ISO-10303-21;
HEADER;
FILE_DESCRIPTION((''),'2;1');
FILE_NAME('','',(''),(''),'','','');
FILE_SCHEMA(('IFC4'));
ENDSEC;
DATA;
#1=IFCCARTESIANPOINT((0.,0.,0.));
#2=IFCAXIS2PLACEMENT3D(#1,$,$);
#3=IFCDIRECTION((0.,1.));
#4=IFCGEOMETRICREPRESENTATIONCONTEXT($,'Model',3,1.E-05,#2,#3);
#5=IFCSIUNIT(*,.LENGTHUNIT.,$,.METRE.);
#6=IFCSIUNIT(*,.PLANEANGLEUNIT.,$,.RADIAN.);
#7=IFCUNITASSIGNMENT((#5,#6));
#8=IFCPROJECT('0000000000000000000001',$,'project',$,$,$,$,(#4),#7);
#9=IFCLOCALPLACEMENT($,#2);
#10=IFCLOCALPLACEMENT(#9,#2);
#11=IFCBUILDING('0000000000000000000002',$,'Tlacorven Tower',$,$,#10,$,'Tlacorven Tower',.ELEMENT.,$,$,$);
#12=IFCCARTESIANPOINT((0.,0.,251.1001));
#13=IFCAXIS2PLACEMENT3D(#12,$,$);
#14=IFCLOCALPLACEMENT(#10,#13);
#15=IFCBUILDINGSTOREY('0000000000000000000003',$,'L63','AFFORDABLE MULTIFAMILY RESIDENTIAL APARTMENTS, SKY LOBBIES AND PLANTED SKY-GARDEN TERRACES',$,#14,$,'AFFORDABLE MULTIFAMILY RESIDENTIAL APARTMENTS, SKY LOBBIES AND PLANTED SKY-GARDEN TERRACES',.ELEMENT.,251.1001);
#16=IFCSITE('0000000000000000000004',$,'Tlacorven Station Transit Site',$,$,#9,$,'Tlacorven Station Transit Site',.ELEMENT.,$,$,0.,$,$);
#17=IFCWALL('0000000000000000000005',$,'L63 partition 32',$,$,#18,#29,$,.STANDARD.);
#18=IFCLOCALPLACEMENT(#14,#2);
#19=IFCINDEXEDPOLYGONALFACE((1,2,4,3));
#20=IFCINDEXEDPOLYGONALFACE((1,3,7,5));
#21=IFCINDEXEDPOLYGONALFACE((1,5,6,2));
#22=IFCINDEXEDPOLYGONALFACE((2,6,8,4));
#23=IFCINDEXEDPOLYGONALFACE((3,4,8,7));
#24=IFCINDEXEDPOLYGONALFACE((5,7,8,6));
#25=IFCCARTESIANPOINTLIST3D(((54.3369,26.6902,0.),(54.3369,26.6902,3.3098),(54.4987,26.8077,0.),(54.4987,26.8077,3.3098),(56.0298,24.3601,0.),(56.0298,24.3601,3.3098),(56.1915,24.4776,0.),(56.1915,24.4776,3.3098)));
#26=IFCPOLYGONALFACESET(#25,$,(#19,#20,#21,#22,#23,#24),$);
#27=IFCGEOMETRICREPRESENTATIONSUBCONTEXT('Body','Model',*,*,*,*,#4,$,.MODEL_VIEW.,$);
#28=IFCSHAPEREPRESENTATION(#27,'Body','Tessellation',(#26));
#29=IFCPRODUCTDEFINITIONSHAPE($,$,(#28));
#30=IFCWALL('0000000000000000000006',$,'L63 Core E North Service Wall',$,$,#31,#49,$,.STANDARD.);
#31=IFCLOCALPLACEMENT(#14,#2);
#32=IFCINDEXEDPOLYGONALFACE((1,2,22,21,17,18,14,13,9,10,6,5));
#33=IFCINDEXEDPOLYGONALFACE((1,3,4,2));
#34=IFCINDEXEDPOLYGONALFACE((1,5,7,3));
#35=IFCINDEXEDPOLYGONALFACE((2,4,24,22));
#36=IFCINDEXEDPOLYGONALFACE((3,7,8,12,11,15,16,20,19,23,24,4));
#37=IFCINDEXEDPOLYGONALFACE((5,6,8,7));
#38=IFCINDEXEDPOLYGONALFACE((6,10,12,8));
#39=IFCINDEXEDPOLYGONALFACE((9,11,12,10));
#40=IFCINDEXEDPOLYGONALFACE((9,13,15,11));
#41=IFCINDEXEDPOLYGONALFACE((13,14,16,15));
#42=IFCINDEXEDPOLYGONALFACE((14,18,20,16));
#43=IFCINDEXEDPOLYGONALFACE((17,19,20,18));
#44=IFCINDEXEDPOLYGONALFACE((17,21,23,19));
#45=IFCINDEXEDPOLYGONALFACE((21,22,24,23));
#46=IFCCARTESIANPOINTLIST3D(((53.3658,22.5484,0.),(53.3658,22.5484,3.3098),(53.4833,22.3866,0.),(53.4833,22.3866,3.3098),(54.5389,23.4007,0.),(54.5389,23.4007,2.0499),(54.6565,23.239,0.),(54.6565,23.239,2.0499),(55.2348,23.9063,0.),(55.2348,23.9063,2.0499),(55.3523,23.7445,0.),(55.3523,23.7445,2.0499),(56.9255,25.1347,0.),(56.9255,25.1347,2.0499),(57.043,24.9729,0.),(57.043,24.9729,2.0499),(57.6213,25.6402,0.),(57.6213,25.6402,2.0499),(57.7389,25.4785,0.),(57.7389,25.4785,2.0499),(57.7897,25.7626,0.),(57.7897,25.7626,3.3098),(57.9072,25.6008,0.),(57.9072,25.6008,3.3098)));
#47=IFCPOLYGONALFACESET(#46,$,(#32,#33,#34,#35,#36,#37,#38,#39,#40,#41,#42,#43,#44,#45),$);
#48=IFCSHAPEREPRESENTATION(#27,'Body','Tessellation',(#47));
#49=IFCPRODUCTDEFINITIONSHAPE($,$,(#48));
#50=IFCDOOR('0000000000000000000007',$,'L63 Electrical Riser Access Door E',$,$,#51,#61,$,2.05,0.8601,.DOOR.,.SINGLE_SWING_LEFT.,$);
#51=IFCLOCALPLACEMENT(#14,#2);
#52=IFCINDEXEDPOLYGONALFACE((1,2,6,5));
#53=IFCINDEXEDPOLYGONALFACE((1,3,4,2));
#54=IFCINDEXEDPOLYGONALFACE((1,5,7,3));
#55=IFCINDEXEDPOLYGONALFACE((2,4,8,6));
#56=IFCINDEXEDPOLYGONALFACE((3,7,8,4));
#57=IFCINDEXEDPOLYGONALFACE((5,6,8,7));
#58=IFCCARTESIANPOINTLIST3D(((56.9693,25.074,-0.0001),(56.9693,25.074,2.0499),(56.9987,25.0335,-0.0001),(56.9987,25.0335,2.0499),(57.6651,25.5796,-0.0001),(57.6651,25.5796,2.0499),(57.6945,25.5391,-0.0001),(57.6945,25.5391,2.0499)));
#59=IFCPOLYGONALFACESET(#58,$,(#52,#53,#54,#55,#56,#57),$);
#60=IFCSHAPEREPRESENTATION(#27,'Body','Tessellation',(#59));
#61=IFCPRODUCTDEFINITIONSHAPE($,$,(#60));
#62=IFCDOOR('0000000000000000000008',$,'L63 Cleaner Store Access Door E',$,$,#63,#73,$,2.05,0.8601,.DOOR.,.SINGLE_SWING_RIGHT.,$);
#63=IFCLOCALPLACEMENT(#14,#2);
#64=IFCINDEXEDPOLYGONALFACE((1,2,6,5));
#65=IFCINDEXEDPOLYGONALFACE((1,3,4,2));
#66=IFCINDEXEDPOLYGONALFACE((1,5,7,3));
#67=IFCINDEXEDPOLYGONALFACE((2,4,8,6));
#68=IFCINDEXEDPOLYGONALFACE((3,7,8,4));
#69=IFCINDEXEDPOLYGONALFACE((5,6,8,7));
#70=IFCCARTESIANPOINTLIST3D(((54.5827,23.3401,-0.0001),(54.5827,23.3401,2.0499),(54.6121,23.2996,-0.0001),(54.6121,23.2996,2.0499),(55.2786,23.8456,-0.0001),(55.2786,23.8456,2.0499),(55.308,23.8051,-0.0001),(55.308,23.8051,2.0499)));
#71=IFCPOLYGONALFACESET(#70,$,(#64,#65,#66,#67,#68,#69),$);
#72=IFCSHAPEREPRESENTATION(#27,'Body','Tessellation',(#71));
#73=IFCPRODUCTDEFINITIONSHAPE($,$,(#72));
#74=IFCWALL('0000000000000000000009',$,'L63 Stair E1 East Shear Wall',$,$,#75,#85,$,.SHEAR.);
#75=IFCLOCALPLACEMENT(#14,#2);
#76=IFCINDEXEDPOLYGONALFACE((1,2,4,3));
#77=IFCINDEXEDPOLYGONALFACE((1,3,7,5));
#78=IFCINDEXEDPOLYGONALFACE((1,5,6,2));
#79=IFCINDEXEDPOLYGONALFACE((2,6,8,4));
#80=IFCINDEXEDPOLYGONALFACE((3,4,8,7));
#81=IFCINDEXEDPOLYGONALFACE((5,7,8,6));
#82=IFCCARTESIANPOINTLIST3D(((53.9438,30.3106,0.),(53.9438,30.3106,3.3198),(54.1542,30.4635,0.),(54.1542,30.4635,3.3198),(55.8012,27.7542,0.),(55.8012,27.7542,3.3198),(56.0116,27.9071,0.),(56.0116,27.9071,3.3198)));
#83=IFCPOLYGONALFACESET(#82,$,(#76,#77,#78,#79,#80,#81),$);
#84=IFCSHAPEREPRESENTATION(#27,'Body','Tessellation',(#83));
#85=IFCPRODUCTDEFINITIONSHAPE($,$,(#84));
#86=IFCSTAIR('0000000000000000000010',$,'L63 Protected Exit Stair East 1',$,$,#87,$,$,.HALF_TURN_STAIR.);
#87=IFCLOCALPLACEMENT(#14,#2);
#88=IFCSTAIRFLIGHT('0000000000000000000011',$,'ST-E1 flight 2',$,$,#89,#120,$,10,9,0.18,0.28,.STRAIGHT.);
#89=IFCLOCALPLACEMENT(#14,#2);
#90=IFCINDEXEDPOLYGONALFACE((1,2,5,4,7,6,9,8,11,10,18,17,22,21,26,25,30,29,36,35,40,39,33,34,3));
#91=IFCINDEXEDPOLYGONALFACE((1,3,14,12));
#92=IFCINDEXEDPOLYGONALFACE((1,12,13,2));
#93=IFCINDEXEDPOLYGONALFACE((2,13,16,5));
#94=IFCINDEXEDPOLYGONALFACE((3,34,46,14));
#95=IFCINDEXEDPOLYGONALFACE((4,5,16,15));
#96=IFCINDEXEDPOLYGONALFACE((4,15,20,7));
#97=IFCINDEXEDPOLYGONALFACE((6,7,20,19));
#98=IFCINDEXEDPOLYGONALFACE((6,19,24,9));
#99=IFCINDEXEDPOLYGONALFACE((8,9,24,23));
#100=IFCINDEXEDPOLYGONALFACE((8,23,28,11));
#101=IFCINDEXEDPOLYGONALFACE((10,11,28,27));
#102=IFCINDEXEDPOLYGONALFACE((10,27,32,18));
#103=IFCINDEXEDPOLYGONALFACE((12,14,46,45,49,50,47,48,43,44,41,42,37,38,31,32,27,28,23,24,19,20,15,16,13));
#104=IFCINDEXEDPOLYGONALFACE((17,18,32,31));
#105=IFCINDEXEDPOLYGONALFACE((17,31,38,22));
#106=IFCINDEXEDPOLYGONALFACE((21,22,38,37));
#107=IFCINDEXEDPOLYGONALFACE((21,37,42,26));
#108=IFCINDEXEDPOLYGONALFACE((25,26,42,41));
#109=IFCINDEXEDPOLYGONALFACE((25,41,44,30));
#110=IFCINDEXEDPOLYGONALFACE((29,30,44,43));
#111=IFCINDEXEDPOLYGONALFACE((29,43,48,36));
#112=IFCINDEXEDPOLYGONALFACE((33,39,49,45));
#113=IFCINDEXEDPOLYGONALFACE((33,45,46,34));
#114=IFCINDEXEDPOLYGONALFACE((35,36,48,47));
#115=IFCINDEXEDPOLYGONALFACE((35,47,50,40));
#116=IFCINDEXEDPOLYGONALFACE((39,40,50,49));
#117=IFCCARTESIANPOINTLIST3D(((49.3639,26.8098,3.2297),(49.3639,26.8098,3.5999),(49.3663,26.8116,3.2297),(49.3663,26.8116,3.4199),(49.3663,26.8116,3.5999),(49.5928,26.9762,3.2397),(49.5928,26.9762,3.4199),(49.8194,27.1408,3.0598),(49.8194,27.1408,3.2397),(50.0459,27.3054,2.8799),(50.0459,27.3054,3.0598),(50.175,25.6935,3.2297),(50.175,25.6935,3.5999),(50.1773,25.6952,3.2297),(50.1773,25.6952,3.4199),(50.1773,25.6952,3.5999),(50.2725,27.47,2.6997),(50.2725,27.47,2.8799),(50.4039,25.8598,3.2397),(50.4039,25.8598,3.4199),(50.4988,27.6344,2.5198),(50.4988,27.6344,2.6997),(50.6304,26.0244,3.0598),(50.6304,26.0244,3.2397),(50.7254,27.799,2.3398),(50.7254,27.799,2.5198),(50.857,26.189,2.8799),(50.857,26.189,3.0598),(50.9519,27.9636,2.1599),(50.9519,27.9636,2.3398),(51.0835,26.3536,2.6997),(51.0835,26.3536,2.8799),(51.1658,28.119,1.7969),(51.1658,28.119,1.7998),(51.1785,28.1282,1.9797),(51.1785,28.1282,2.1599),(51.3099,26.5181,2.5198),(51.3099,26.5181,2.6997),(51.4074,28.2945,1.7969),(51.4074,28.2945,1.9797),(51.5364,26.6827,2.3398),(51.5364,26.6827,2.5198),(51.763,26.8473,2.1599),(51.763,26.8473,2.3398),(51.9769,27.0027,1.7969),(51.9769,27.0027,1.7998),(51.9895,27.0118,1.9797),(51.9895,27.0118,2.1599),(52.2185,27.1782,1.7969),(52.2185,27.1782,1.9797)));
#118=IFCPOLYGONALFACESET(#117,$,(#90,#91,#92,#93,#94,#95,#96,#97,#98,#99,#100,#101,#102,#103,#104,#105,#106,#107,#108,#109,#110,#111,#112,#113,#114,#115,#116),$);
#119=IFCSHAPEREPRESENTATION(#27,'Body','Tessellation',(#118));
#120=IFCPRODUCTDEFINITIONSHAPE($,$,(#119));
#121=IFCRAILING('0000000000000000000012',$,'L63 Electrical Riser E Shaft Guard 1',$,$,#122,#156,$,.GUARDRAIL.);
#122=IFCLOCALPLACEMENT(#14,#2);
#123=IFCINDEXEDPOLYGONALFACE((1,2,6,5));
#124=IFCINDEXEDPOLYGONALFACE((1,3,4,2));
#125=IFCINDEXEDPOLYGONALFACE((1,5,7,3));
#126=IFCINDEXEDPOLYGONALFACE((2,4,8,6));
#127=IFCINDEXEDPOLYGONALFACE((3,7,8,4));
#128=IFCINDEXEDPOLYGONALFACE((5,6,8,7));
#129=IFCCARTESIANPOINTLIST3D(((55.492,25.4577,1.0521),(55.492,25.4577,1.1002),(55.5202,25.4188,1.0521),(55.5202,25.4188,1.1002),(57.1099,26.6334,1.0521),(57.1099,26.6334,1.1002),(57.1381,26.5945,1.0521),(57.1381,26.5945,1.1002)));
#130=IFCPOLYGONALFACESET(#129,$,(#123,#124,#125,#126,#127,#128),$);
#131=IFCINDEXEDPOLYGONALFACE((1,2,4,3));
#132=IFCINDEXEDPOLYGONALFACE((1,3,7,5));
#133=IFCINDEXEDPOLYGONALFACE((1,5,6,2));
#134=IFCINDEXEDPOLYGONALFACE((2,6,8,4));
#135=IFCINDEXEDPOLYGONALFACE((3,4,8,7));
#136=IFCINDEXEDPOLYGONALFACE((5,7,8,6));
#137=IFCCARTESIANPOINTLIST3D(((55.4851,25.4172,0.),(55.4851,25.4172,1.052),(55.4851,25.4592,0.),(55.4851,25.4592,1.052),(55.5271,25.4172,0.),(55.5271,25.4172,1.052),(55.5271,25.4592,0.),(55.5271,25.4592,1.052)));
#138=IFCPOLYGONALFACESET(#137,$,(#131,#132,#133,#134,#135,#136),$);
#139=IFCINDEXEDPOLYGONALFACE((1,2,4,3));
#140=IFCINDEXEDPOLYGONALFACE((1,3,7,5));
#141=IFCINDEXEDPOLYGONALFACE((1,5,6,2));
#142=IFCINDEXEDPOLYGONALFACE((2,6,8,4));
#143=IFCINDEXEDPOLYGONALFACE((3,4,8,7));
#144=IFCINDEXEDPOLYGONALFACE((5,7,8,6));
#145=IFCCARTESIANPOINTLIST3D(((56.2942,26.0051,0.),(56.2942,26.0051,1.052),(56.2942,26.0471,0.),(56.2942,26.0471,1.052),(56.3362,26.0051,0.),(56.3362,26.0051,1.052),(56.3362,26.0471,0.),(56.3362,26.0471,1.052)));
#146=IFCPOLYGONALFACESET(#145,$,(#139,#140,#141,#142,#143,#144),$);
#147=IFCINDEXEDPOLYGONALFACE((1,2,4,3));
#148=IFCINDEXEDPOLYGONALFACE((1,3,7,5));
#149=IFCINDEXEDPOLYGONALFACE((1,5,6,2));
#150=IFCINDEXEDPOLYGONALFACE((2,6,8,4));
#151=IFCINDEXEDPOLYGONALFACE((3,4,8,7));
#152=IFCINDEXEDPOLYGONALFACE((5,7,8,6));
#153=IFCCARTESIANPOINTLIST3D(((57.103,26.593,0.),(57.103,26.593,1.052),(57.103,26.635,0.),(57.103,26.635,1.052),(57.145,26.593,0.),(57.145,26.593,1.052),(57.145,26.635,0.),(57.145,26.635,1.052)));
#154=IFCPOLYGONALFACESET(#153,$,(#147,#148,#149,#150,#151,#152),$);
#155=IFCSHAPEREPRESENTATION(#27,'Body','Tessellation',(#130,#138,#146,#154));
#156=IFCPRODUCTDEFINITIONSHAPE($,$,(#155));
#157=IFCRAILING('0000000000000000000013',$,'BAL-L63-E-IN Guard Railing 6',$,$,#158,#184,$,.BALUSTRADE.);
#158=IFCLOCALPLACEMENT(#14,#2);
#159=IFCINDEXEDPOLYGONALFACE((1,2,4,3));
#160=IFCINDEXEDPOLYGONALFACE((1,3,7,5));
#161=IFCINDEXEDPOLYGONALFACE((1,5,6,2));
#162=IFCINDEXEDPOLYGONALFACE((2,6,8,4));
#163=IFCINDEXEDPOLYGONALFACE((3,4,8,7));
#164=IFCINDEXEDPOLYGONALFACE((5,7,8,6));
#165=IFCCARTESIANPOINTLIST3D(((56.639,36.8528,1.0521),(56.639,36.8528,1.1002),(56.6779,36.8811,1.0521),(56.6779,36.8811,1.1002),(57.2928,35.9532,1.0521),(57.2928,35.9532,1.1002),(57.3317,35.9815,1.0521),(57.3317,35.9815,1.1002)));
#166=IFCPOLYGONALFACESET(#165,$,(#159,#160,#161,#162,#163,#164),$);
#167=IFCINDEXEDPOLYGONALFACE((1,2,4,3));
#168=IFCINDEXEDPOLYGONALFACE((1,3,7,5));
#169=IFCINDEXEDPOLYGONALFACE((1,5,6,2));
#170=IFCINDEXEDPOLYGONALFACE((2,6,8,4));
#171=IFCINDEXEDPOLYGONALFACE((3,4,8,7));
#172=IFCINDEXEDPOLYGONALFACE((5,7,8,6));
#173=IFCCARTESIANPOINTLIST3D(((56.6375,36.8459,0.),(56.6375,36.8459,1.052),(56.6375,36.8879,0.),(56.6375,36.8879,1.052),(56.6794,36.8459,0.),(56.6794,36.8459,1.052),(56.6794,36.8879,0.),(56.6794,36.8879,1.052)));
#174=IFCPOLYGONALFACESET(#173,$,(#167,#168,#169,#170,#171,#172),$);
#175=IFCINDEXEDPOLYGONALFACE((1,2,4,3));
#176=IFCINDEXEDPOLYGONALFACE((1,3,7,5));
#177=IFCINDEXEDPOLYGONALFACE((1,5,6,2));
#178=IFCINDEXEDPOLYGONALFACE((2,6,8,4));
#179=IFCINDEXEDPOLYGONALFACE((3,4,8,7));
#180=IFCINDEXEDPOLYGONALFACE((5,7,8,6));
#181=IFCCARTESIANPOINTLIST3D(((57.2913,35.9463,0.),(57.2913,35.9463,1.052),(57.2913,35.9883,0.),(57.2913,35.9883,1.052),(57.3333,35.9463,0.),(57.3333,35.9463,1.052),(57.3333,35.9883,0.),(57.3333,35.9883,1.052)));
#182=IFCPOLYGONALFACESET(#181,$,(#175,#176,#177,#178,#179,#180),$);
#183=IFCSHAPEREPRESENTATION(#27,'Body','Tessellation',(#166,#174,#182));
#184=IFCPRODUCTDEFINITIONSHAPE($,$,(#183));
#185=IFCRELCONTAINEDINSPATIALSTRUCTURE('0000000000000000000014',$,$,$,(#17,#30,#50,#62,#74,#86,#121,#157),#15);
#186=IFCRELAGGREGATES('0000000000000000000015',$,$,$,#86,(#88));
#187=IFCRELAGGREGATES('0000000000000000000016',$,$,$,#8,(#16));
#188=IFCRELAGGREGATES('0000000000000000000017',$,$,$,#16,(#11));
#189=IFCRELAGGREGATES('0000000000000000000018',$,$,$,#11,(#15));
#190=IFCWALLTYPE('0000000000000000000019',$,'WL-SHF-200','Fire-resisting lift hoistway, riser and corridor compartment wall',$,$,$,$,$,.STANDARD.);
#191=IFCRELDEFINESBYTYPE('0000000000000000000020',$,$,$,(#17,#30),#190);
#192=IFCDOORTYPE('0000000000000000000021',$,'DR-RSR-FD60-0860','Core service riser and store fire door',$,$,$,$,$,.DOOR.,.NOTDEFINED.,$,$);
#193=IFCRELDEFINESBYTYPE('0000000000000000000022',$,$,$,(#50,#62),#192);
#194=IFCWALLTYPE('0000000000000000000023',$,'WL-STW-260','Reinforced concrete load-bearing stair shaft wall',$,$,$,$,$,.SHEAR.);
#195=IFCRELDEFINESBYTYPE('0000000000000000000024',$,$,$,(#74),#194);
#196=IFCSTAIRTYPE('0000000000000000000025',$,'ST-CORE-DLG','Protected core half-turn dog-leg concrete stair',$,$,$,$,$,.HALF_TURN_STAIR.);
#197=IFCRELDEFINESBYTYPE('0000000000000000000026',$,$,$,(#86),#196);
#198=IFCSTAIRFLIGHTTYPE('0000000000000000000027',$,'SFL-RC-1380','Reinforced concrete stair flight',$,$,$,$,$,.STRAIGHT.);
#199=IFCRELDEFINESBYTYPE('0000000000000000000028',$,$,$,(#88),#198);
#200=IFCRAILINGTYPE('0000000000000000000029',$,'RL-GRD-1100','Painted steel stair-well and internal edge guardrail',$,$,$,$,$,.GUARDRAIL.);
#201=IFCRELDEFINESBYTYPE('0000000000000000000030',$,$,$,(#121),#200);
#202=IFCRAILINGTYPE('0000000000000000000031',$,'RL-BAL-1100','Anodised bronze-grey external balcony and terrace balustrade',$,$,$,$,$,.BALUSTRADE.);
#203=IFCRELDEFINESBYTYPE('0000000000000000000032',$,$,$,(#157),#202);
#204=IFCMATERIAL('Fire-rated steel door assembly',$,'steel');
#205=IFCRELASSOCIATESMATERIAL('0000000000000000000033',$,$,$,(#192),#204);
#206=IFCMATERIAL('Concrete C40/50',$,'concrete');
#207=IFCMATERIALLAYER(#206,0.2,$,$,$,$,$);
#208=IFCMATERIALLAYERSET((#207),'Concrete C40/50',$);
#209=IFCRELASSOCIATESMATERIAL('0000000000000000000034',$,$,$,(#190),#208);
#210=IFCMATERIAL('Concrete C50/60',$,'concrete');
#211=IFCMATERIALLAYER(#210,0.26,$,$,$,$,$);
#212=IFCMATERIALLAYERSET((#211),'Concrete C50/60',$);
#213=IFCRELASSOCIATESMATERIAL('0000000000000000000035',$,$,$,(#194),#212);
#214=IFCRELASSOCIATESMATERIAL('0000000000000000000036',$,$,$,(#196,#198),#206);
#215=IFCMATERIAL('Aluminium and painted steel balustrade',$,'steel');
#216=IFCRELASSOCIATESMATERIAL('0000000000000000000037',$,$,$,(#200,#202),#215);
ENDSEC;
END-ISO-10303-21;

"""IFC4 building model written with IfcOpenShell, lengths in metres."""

from ifc_helpers import new_model, si_unit, direction, frame, frame_2d, origin, origin_2d, place, context, subcontext, project, spatial, polyline, rectangle, outline, extrude, source, transform, mapped, material, layer, layer_set, type_object, element, fill, aggregate, save


model = new_model("IFC4")

# Units and contexts
model_context = context("Model", 3, precision=1e-05, world=origin(), true_north=direction((0.0, 1.0)))
body_context = subcontext(model_context, "Body", "Model", "MODEL_VIEW")
ifc_project = project(units=[si_unit("LENGTHUNIT", "METRE"), si_unit("PLANEANGLEUNIT", "RADIAN")], contexts=[model_context])

# Site, building, storey
site_placement = place(None, origin())
site = spatial("IfcSite", under=ifc_project, at=site_placement, Name="Tlacorven Station Transit Site", LongName="Tlacorven Station Transit Site", CompositionType="ELEMENT", RefElevation=0.0)
building_placement = place(site_placement, origin())
building = spatial("IfcBuilding", under=site, at=building_placement, Name="Tlacorven Tower", LongName="Tlacorven Tower", CompositionType="ELEMENT")
storey_placement = place(building_placement, frame((0.0, 0.0, 251.1001)))
storey = spatial("IfcBuildingStorey", under=building, at=storey_placement, Name="L63", Description="AFFORDABLE MULTIFAMILY RESIDENTIAL APARTMENTS, SKY LOBBIES AND PLANTED SKY-GARDEN TERRACES", LongName="AFFORDABLE MULTIFAMILY RESIDENTIAL APARTMENTS, SKY LOBBIES AND PLANTED SKY-GARDEN TERRACES", CompositionType="ELEMENT", Elevation=251.1001)

# Shared definitions
ifc_material_1 = material(Name="Fire-rated steel door assembly", Category="steel")
door_type_1 = type_object("IfcDoorType", Name="DR-RSR-FD60-0860", Description="Core service riser and store fire door", OperationType="NOTDEFINED", PredefinedType="DOOR", material=ifc_material_1)
shared_shape_1 = source(origin(), body_context, "Body", "SweptSolid", [
    extrude(rectangle(XDim=0.8601, YDim=2.05, at=frame_2d((0.4302, 1.0249))), frame((0.0, 0.0249, 0.0), z_axis=(0.0, -1.0, 0.0), x_axis=(1.0, 0.0, 0.0)), (0.0, 0.0, 1.0), 0.05),
])

# Shared definitions
ifc_material_2 = material(Name="Concrete C40/50", Category="concrete")
ifc_layer_1 = layer(ifc_material_2, 0.2)
ifc_layer_set_1 = layer_set([ifc_layer_1], Name="Concrete C40/50")
wall_type_1 = type_object("IfcWallType", Name="WL-SHF-200", Description="Fire-resisting lift hoistway, riser and corridor compartment wall", PredefinedType="STANDARD", material=ifc_layer_set_1)

# Wall
wall_1_placement = place(storey_placement, frame((56.1106, 24.4189, 0.0), z_axis=(0.0, 0.0, 1.0), x_axis=(-0.587778, 0.809022, 0.0)))
element("IfcWall", 1, at=wall_1_placement, inside=storey, type_object=wall_type_1, Name="L63 partition 32", PredefinedType="STANDARD", context=body_context, shape_type="SweptSolid", body=[
    extrude(rectangle(XDim=2.8801, YDim=0.2, at=frame_2d((1.4399, 0.0))), origin(), (0.0, 0.0, 1.0), 3.3098),
])

# Wall, openings, doors
wall_2_placement = place(storey_placement, frame((53.4246, 22.4675, 0.0), z_axis=(0.0, 0.0, 1.0), x_axis=(0.809016, 0.587787, 0.0)))
wall_2 = element("IfcWall", 2, at=wall_2_placement, inside=storey, type_object=wall_type_1, Name="L63 Core E North Service Wall", PredefinedType="STANDARD", context=body_context, shape_type="SweptSolid", body=[
    extrude(rectangle(XDim=5.4683, YDim=0.2, at=frame_2d((2.7341, 0.0))), origin(), (0.0, 0.0, 1.0), 3.3098),
])
opening_1_placement = place(wall_2_placement, frame((4.3999, 0.0, 0.0)))
opening_1 = element("IfcOpeningElement", 3, at=opening_1_placement, cuts=wall_2, PredefinedType="OPENING", context=body_context, shape_type="SweptSolid", body=[
    extrude(rectangle(XDim=0.8601, YDim=2.05, at=frame_2d((0.4302, 1.0249))), frame((0.0, 0.1099, 0.0), z_axis=(0.0, -1.0, 0.0), x_axis=(1.0, 0.0, 0.0)), (0.0, 0.0, 1.0), 0.22),
])
opening_2_placement = place(wall_2_placement, frame((1.45, 0.0, 0.0)))
opening_2 = element("IfcOpeningElement", 4, at=opening_2_placement, cuts=wall_2, PredefinedType="OPENING", context=body_context, shape_type="SweptSolid", body=[
    extrude(rectangle(XDim=0.8601, YDim=2.05, at=frame_2d((0.4302, 1.0249))), frame((0.0, 0.1099, 0.0), z_axis=(0.0, -1.0, 0.0), x_axis=(1.0, 0.0, 0.0)), (0.0, 0.0, 1.0), 0.22),
])
door_1_placement = place(opening_1_placement, frame((0.8601, 0.0, 0.0), z_axis=(0.0, 0.0, 1.0), x_axis=(-1.0, 0.0, 0.0)))
door_1 = element("IfcDoor", 5, at=door_1_placement, inside=storey, type_object=door_type_1, Name="L63 Electrical Riser Access Door E", OperationType="SINGLE_SWING_LEFT", OverallHeight=2.05, OverallWidth=0.8601, PredefinedType="DOOR", context=body_context, shape_type="MappedRepresentation", body=[
    mapped(shared_shape_1, transform((0.0, 0.0, 0.0), scale=1.0)),
])
fill(opening_1, door_1)
door_2_placement = place(opening_2_placement, frame((0.8601, 0.0, 0.0), z_axis=(0.0, 0.0, 1.0), x_axis=(-1.0, 0.0, 0.0)))
door_2 = element("IfcDoor", 6, at=door_2_placement, inside=storey, type_object=door_type_1, Name="L63 Cleaner Store Access Door E", OperationType="SINGLE_SWING_RIGHT", OverallHeight=2.05, OverallWidth=0.8601, PredefinedType="DOOR", context=body_context, shape_type="MappedRepresentation", body=[
    mapped(shared_shape_1, transform((0.0, 0.0, 0.0), scale=1.0)),
])
fill(opening_2, door_2)

# Wall
ifc_material_3 = material(Name="Concrete C50/60", Category="concrete")
ifc_layer_2 = layer(ifc_material_3, 0.26)
ifc_layer_set_2 = layer_set([ifc_layer_2], Name="Concrete C50/60")
wall_type_2 = type_object("IfcWallType", Name="WL-STW-260", Description="Reinforced concrete load-bearing stair shaft wall", PredefinedType="SHEAR", material=ifc_layer_set_2)
wall_3_placement = place(storey_placement, frame((55.9065, 27.8306, 0.0), z_axis=(0.0, 0.0, 1.0), x_axis=(-0.587804, 0.809003, 0.0)))
element("IfcWall", 7, at=wall_3_placement, inside=storey, type_object=wall_type_2, Name="L63 Stair E1 East Shear Wall", PredefinedType="SHEAR", context=body_context, shape_type="SweptSolid", body=[
    extrude(rectangle(XDim=3.1599, YDim=0.26, at=frame_2d((1.5801, 0.0))), origin(), (0.0, 0.0, 1.0), 3.3198),
])

# Stair, stair flight
stair_type = type_object("IfcStairType", Name="ST-CORE-DLG", Description="Protected core half-turn dog-leg concrete stair", PredefinedType="HALF_TURN_STAIR", material=ifc_material_2)
stair_placement = place(storey_placement, origin())
stair = element("IfcStair", 8, at=stair_placement, inside=storey, type_object=stair_type, Name="L63 Protected Exit Stair East 1", PredefinedType="HALF_TURN_STAIR")
stair_flight_type = type_object("IfcStairFlightType", Name="SFL-RC-1380", Description="Reinforced concrete stair flight", PredefinedType="STRAIGHT", material=ifc_material_2)
shared_shape_2 = source(origin(), body_context, "Body", "SweptSolid", [
    extrude(outline(polyline([(-0.0029, -0.0029), (-0.0029, 0.1799), (0.28, 0.1799), (0.28, 0.3601), (0.5601, 0.3601), (0.5601, 0.54), (0.8401, 0.54), (0.8401, 0.72), (1.1201, 0.72), (1.1201, 0.8999), (1.3999, 0.8999), (1.3999, 1.0801), (1.6799, 1.0801), (1.6799, 1.26), (1.96, 1.26), (1.96, 1.4399), (2.24, 1.4399), (2.24, 1.6201), (2.52, 1.6201), (2.52, 1.8), (2.5229, 1.8), (2.5229, 1.4299), (2.52, 1.4299), (0.2957, 0.0), (0.2957, -0.0029), (-0.0029, -0.0029)])), frame((0.0, 0.6899, 0.0), z_axis=(0.0, -1.0, 0.0), x_axis=(1.0, 0.0, 0.0)), (0.0, 0.0, 1.0), 1.3799),
])
stair_flight_placement = place(storey_placement, frame((51.8105, 27.7346, 1.7998), z_axis=(0.0, 0.0, 1.0), x_axis=(-0.809017, -0.587785, 0.0)))
stair_flight = element("IfcStairFlight", 9, at=stair_flight_placement, type_object=stair_flight_type, Name="ST-E1 flight 2", NumberOfRisers=10, NumberOfTreads=9, PredefinedType="STRAIGHT", RiserHeight=0.18, TreadLength=0.28, context=body_context, shape_type="MappedRepresentation", body=[
    mapped(shared_shape_2, transform((0.0, 0.0, 0.0), scale=1.0)),
])
aggregate(stair, [stair_flight])

# Railings
ifc_material_4 = material(Name="Aluminium and painted steel balustrade", Category="steel")
railing_type_1 = type_object("IfcRailingType", Name="RL-GRD-1100", Description="Painted steel stair-well and internal edge guardrail", PredefinedType="GUARDRAIL", material=ifc_material_4)
shared_shape_3 = source(origin(), body_context, "Body", "SweptSolid", [
    extrude(rectangle(XDim=0.0481, YDim=0.0481, at=origin_2d()), frame((0.0, 0.0, 1.0762), z_axis=(0.808947, 0.587881, 0.0), x_axis=(-0.587881, 0.808947, 0.0)), (0.0, 0.0, 1.0), 2.0),
    extrude(rectangle(XDim=0.042, YDim=0.042, at=origin_2d()), origin(), (0.0, 0.0, 1.0), 1.052),
    extrude(rectangle(XDim=0.042, YDim=0.042, at=origin_2d()), frame((0.8091, 0.5879, 0.0)), (0.0, 0.0, 1.0), 1.052),
    extrude(rectangle(XDim=0.042, YDim=0.042, at=origin_2d()), frame((1.6179, 1.1758, 0.0)), (0.0, 0.0, 1.0), 1.052),
])
railing_1_placement = place(storey_placement, frame((55.5061, 25.4382, 0.0)))
element("IfcRailing", 10, at=railing_1_placement, inside=storey, type_object=railing_type_1, Name="L63 Electrical Riser E Shaft Guard 1", PredefinedType="GUARDRAIL", context=body_context, shape_type="MappedRepresentation", body=[
    mapped(shared_shape_3, transform((0.0, 0.0, 0.0), scale=1.0)),
])
railing_type_2 = type_object("IfcRailingType", Name="RL-BAL-1100", Description="Anodised bronze-grey external balcony and terrace balustrade", PredefinedType="BALUSTRADE", material=ifc_material_4)
shared_shape_4 = source(origin(), body_context, "Body", "SweptSolid", [
    extrude(rectangle(XDim=0.0481, YDim=0.0481, at=origin_2d()), frame((0.0, 0.0, 1.0762), z_axis=(0.587884, -0.808945, 0.0), x_axis=(0.808945, 0.587884, 0.0)), (0.0, 0.0, 1.0), 1.1121),
    extrude(rectangle(XDim=0.042, YDim=0.042, at=origin_2d()), origin(), (0.0, 0.0, 1.0), 1.052),
    extrude(rectangle(XDim=0.042, YDim=0.042, at=origin_2d()), frame((0.6538, -0.8997, 0.0)), (0.0, 0.0, 1.0), 1.052),
])
railing_2_placement = place(storey_placement, frame((56.6584, 36.8669, 0.0)))
element("IfcRailing", 11, at=railing_2_placement, inside=storey, type_object=railing_type_2, Name="BAL-L63-E-IN Guard Railing 6", PredefinedType="BALUSTRADE", context=body_context, shape_type="MappedRepresentation", body=[
    mapped(shared_shape_4, transform((0.0, 0.0, 0.0), scale=1.0)),
])

save(model, "model.ifc")
